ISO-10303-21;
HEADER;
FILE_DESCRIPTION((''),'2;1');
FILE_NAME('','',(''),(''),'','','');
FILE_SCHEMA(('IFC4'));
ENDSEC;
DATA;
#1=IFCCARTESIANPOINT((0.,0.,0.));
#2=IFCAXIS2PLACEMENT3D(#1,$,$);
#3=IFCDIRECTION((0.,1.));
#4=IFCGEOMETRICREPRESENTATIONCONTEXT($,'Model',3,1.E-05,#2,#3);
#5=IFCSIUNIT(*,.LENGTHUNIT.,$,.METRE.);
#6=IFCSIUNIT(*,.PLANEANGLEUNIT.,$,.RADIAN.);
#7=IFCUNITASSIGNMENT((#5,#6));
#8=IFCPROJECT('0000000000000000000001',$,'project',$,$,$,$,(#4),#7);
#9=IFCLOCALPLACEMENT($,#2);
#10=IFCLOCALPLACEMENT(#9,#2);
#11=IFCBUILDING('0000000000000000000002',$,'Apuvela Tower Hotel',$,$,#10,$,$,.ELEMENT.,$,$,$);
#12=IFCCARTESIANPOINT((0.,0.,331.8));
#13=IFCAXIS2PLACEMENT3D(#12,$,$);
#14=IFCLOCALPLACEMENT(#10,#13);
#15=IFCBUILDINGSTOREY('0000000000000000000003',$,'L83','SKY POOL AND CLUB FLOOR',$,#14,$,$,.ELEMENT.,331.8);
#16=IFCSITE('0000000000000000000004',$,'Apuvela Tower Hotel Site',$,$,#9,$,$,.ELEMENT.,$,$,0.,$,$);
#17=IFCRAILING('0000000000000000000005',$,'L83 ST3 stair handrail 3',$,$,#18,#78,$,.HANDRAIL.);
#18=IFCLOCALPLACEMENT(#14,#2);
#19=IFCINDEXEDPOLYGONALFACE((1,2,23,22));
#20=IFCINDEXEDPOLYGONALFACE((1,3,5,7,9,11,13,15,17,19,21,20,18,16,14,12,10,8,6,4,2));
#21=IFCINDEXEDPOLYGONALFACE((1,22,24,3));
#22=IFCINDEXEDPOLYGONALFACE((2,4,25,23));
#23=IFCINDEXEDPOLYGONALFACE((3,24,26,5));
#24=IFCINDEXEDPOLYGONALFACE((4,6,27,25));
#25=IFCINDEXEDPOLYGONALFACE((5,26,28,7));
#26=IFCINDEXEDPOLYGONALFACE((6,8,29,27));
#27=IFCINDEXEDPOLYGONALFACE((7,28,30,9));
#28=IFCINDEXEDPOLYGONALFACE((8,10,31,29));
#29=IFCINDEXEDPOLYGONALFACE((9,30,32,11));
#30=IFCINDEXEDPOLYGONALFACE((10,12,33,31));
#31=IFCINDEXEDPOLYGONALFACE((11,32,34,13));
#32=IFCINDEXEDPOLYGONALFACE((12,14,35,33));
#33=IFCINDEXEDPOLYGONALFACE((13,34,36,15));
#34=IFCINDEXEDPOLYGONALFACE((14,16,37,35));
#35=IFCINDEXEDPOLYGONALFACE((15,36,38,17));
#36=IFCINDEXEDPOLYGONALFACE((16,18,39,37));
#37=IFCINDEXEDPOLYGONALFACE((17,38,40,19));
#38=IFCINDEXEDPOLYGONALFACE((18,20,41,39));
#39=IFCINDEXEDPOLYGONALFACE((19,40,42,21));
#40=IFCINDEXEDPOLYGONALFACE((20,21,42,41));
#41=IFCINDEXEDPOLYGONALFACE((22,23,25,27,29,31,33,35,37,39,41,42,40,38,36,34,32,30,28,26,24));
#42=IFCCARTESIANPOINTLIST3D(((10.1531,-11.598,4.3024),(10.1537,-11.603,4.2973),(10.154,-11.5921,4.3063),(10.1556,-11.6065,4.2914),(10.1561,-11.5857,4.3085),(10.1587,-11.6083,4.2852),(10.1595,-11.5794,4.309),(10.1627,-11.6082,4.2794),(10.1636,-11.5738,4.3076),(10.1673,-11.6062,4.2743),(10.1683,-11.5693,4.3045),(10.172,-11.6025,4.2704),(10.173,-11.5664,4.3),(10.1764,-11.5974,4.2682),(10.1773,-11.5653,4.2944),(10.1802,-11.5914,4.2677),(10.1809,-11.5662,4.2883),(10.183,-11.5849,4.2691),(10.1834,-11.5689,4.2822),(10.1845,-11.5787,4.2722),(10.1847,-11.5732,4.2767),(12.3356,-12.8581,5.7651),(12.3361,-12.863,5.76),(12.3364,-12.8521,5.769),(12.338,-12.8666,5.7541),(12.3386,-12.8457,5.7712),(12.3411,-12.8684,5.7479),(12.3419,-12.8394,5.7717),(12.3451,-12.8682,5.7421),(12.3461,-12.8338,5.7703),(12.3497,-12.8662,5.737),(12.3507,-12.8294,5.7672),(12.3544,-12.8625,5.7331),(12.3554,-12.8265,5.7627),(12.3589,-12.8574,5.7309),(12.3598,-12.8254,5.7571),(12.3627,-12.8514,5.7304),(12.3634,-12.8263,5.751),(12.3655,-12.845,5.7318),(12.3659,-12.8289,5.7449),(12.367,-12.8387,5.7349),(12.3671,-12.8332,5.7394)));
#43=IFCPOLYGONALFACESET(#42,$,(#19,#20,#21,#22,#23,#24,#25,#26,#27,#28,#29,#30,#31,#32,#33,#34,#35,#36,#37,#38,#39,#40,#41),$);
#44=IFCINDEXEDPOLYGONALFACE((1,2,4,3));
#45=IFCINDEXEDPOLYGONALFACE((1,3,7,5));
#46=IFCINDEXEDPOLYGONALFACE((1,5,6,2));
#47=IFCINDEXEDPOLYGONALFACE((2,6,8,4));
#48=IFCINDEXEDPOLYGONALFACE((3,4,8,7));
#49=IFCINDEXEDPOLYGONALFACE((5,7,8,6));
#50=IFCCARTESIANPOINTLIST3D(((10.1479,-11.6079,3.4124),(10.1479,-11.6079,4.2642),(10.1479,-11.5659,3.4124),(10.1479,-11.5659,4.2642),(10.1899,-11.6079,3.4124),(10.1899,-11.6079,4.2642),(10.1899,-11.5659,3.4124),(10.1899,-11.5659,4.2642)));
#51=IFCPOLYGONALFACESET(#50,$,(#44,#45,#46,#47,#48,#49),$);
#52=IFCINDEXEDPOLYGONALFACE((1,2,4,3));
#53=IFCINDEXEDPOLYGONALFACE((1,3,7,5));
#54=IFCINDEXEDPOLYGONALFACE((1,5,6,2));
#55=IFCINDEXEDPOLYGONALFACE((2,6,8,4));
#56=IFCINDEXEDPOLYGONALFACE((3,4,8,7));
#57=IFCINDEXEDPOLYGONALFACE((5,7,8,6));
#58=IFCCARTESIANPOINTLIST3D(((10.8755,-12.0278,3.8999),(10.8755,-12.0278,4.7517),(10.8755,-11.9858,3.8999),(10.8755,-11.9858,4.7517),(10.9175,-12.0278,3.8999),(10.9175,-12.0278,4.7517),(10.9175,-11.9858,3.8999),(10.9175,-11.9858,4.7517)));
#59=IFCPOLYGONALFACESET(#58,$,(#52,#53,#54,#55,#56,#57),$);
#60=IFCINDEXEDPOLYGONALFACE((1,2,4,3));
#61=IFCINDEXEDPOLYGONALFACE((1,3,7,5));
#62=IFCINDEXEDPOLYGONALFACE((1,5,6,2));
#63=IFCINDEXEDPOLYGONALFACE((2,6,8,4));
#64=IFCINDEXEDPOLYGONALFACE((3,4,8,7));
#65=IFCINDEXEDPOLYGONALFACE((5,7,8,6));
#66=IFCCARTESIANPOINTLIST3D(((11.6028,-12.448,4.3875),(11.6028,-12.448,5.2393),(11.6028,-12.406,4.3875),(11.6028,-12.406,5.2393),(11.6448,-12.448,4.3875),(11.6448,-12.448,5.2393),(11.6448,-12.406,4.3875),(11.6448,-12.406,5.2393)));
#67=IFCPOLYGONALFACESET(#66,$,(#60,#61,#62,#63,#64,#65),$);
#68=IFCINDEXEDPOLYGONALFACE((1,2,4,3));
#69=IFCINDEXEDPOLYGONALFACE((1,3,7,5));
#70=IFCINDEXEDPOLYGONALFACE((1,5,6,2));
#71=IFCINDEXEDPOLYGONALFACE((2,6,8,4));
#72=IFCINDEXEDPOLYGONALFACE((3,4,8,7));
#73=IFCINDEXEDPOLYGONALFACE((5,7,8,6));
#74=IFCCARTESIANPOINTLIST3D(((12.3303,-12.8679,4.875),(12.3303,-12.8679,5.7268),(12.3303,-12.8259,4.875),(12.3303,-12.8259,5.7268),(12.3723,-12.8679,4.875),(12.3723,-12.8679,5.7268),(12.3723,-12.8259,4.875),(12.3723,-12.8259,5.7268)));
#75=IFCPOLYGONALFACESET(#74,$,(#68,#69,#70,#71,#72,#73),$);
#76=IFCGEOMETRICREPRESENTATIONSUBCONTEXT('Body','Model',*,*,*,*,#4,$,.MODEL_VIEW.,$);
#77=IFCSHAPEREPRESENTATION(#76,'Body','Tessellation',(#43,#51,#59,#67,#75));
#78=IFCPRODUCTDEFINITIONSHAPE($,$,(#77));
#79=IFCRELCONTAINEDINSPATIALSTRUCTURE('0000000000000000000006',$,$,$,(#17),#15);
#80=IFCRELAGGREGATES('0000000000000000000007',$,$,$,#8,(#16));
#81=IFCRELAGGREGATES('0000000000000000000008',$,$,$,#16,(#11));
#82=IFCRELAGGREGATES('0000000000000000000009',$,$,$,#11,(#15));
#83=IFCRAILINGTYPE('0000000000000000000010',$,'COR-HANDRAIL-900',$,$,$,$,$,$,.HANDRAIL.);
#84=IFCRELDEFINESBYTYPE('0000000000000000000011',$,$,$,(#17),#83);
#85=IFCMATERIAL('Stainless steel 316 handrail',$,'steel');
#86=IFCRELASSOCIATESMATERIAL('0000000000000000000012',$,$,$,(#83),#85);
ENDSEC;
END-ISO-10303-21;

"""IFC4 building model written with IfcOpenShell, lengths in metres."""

from ifc_helpers import new_model, si_unit, direction, frame, origin, origin_2d, place, context, subcontext, project, spatial, rectangle, circle, extrude, material, type_object, element, save


model = new_model("IFC4")

# Units and contexts
model_context = context("Model", 3, precision=1e-05, world=origin(), true_north=direction((0.0, 1.0)))
body_context = subcontext(model_context, "Body", "Model", "MODEL_VIEW")
ifc_project = project(units=[si_unit("LENGTHUNIT", "METRE"), si_unit("PLANEANGLEUNIT", "RADIAN")], contexts=[model_context])

# Site, building, storey
site_placement = place(None, origin())
site = spatial("IfcSite", under=ifc_project, at=site_placement, Name="Apuvela Tower Hotel Site", CompositionType="ELEMENT", RefElevation=0.0)
building_placement = place(site_placement, origin())
building = spatial("IfcBuilding", under=site, at=building_placement, Name="Apuvela Tower Hotel", CompositionType="ELEMENT")
storey_placement = place(building_placement, frame((0.0, 0.0, 331.8)))
storey = spatial("IfcBuildingStorey", under=building, at=storey_placement, Name="L83", Description="SKY POOL AND CLUB FLOOR", CompositionType="ELEMENT", Elevation=331.8)

# Railing
ifc_material_1 = material(Name="Stainless steel 316 handrail", Category="steel")
railing_type_1 = type_object("IfcRailingType", Name="COR-HANDRAIL-900", PredefinedType="HANDRAIL", material=ifc_material_1)
for number, where, name in (
    (1, (10.1689, -11.5869, 3.4124), "L83 ST3 stair handrail 3"),
):
    element("IfcRailing", number, at=place(storey_placement, frame(where)), inside=storey, type_object=railing_type_1, Name=name, PredefinedType="HANDRAIL", context=body_context, shape_type="SweptSolid", body=[
        extrude(circle(Radius=0.0239, at=origin_2d()), frame((0.0, 0.0, 0.876), z_axis=(0.749001, -0.432442, 0.501988), x_axis=(0.500005, 0.866023, 0.0)), (0.0, 0.0, 1.0), 2.9138),
        extrude(rectangle(XDim=0.042, YDim=0.042, at=origin_2d()), origin(), (0.0, 0.0, 1.0), 0.8518),
        extrude(rectangle(XDim=0.042, YDim=0.042, at=origin_2d()), frame((0.7275, -0.4199, 0.4875)), (0.0, 0.0, 1.0), 0.8518),
        extrude(rectangle(XDim=0.042, YDim=0.042, at=origin_2d()), frame((1.4548, -0.8401, 0.9751)), (0.0, 0.0, 1.0), 0.8518),
        extrude(rectangle(XDim=0.042, YDim=0.042, at=origin_2d()), frame((2.1824, -1.26, 1.4626)), (0.0, 0.0, 1.0), 0.8518),
    ])

save(model, "model.ifc")
